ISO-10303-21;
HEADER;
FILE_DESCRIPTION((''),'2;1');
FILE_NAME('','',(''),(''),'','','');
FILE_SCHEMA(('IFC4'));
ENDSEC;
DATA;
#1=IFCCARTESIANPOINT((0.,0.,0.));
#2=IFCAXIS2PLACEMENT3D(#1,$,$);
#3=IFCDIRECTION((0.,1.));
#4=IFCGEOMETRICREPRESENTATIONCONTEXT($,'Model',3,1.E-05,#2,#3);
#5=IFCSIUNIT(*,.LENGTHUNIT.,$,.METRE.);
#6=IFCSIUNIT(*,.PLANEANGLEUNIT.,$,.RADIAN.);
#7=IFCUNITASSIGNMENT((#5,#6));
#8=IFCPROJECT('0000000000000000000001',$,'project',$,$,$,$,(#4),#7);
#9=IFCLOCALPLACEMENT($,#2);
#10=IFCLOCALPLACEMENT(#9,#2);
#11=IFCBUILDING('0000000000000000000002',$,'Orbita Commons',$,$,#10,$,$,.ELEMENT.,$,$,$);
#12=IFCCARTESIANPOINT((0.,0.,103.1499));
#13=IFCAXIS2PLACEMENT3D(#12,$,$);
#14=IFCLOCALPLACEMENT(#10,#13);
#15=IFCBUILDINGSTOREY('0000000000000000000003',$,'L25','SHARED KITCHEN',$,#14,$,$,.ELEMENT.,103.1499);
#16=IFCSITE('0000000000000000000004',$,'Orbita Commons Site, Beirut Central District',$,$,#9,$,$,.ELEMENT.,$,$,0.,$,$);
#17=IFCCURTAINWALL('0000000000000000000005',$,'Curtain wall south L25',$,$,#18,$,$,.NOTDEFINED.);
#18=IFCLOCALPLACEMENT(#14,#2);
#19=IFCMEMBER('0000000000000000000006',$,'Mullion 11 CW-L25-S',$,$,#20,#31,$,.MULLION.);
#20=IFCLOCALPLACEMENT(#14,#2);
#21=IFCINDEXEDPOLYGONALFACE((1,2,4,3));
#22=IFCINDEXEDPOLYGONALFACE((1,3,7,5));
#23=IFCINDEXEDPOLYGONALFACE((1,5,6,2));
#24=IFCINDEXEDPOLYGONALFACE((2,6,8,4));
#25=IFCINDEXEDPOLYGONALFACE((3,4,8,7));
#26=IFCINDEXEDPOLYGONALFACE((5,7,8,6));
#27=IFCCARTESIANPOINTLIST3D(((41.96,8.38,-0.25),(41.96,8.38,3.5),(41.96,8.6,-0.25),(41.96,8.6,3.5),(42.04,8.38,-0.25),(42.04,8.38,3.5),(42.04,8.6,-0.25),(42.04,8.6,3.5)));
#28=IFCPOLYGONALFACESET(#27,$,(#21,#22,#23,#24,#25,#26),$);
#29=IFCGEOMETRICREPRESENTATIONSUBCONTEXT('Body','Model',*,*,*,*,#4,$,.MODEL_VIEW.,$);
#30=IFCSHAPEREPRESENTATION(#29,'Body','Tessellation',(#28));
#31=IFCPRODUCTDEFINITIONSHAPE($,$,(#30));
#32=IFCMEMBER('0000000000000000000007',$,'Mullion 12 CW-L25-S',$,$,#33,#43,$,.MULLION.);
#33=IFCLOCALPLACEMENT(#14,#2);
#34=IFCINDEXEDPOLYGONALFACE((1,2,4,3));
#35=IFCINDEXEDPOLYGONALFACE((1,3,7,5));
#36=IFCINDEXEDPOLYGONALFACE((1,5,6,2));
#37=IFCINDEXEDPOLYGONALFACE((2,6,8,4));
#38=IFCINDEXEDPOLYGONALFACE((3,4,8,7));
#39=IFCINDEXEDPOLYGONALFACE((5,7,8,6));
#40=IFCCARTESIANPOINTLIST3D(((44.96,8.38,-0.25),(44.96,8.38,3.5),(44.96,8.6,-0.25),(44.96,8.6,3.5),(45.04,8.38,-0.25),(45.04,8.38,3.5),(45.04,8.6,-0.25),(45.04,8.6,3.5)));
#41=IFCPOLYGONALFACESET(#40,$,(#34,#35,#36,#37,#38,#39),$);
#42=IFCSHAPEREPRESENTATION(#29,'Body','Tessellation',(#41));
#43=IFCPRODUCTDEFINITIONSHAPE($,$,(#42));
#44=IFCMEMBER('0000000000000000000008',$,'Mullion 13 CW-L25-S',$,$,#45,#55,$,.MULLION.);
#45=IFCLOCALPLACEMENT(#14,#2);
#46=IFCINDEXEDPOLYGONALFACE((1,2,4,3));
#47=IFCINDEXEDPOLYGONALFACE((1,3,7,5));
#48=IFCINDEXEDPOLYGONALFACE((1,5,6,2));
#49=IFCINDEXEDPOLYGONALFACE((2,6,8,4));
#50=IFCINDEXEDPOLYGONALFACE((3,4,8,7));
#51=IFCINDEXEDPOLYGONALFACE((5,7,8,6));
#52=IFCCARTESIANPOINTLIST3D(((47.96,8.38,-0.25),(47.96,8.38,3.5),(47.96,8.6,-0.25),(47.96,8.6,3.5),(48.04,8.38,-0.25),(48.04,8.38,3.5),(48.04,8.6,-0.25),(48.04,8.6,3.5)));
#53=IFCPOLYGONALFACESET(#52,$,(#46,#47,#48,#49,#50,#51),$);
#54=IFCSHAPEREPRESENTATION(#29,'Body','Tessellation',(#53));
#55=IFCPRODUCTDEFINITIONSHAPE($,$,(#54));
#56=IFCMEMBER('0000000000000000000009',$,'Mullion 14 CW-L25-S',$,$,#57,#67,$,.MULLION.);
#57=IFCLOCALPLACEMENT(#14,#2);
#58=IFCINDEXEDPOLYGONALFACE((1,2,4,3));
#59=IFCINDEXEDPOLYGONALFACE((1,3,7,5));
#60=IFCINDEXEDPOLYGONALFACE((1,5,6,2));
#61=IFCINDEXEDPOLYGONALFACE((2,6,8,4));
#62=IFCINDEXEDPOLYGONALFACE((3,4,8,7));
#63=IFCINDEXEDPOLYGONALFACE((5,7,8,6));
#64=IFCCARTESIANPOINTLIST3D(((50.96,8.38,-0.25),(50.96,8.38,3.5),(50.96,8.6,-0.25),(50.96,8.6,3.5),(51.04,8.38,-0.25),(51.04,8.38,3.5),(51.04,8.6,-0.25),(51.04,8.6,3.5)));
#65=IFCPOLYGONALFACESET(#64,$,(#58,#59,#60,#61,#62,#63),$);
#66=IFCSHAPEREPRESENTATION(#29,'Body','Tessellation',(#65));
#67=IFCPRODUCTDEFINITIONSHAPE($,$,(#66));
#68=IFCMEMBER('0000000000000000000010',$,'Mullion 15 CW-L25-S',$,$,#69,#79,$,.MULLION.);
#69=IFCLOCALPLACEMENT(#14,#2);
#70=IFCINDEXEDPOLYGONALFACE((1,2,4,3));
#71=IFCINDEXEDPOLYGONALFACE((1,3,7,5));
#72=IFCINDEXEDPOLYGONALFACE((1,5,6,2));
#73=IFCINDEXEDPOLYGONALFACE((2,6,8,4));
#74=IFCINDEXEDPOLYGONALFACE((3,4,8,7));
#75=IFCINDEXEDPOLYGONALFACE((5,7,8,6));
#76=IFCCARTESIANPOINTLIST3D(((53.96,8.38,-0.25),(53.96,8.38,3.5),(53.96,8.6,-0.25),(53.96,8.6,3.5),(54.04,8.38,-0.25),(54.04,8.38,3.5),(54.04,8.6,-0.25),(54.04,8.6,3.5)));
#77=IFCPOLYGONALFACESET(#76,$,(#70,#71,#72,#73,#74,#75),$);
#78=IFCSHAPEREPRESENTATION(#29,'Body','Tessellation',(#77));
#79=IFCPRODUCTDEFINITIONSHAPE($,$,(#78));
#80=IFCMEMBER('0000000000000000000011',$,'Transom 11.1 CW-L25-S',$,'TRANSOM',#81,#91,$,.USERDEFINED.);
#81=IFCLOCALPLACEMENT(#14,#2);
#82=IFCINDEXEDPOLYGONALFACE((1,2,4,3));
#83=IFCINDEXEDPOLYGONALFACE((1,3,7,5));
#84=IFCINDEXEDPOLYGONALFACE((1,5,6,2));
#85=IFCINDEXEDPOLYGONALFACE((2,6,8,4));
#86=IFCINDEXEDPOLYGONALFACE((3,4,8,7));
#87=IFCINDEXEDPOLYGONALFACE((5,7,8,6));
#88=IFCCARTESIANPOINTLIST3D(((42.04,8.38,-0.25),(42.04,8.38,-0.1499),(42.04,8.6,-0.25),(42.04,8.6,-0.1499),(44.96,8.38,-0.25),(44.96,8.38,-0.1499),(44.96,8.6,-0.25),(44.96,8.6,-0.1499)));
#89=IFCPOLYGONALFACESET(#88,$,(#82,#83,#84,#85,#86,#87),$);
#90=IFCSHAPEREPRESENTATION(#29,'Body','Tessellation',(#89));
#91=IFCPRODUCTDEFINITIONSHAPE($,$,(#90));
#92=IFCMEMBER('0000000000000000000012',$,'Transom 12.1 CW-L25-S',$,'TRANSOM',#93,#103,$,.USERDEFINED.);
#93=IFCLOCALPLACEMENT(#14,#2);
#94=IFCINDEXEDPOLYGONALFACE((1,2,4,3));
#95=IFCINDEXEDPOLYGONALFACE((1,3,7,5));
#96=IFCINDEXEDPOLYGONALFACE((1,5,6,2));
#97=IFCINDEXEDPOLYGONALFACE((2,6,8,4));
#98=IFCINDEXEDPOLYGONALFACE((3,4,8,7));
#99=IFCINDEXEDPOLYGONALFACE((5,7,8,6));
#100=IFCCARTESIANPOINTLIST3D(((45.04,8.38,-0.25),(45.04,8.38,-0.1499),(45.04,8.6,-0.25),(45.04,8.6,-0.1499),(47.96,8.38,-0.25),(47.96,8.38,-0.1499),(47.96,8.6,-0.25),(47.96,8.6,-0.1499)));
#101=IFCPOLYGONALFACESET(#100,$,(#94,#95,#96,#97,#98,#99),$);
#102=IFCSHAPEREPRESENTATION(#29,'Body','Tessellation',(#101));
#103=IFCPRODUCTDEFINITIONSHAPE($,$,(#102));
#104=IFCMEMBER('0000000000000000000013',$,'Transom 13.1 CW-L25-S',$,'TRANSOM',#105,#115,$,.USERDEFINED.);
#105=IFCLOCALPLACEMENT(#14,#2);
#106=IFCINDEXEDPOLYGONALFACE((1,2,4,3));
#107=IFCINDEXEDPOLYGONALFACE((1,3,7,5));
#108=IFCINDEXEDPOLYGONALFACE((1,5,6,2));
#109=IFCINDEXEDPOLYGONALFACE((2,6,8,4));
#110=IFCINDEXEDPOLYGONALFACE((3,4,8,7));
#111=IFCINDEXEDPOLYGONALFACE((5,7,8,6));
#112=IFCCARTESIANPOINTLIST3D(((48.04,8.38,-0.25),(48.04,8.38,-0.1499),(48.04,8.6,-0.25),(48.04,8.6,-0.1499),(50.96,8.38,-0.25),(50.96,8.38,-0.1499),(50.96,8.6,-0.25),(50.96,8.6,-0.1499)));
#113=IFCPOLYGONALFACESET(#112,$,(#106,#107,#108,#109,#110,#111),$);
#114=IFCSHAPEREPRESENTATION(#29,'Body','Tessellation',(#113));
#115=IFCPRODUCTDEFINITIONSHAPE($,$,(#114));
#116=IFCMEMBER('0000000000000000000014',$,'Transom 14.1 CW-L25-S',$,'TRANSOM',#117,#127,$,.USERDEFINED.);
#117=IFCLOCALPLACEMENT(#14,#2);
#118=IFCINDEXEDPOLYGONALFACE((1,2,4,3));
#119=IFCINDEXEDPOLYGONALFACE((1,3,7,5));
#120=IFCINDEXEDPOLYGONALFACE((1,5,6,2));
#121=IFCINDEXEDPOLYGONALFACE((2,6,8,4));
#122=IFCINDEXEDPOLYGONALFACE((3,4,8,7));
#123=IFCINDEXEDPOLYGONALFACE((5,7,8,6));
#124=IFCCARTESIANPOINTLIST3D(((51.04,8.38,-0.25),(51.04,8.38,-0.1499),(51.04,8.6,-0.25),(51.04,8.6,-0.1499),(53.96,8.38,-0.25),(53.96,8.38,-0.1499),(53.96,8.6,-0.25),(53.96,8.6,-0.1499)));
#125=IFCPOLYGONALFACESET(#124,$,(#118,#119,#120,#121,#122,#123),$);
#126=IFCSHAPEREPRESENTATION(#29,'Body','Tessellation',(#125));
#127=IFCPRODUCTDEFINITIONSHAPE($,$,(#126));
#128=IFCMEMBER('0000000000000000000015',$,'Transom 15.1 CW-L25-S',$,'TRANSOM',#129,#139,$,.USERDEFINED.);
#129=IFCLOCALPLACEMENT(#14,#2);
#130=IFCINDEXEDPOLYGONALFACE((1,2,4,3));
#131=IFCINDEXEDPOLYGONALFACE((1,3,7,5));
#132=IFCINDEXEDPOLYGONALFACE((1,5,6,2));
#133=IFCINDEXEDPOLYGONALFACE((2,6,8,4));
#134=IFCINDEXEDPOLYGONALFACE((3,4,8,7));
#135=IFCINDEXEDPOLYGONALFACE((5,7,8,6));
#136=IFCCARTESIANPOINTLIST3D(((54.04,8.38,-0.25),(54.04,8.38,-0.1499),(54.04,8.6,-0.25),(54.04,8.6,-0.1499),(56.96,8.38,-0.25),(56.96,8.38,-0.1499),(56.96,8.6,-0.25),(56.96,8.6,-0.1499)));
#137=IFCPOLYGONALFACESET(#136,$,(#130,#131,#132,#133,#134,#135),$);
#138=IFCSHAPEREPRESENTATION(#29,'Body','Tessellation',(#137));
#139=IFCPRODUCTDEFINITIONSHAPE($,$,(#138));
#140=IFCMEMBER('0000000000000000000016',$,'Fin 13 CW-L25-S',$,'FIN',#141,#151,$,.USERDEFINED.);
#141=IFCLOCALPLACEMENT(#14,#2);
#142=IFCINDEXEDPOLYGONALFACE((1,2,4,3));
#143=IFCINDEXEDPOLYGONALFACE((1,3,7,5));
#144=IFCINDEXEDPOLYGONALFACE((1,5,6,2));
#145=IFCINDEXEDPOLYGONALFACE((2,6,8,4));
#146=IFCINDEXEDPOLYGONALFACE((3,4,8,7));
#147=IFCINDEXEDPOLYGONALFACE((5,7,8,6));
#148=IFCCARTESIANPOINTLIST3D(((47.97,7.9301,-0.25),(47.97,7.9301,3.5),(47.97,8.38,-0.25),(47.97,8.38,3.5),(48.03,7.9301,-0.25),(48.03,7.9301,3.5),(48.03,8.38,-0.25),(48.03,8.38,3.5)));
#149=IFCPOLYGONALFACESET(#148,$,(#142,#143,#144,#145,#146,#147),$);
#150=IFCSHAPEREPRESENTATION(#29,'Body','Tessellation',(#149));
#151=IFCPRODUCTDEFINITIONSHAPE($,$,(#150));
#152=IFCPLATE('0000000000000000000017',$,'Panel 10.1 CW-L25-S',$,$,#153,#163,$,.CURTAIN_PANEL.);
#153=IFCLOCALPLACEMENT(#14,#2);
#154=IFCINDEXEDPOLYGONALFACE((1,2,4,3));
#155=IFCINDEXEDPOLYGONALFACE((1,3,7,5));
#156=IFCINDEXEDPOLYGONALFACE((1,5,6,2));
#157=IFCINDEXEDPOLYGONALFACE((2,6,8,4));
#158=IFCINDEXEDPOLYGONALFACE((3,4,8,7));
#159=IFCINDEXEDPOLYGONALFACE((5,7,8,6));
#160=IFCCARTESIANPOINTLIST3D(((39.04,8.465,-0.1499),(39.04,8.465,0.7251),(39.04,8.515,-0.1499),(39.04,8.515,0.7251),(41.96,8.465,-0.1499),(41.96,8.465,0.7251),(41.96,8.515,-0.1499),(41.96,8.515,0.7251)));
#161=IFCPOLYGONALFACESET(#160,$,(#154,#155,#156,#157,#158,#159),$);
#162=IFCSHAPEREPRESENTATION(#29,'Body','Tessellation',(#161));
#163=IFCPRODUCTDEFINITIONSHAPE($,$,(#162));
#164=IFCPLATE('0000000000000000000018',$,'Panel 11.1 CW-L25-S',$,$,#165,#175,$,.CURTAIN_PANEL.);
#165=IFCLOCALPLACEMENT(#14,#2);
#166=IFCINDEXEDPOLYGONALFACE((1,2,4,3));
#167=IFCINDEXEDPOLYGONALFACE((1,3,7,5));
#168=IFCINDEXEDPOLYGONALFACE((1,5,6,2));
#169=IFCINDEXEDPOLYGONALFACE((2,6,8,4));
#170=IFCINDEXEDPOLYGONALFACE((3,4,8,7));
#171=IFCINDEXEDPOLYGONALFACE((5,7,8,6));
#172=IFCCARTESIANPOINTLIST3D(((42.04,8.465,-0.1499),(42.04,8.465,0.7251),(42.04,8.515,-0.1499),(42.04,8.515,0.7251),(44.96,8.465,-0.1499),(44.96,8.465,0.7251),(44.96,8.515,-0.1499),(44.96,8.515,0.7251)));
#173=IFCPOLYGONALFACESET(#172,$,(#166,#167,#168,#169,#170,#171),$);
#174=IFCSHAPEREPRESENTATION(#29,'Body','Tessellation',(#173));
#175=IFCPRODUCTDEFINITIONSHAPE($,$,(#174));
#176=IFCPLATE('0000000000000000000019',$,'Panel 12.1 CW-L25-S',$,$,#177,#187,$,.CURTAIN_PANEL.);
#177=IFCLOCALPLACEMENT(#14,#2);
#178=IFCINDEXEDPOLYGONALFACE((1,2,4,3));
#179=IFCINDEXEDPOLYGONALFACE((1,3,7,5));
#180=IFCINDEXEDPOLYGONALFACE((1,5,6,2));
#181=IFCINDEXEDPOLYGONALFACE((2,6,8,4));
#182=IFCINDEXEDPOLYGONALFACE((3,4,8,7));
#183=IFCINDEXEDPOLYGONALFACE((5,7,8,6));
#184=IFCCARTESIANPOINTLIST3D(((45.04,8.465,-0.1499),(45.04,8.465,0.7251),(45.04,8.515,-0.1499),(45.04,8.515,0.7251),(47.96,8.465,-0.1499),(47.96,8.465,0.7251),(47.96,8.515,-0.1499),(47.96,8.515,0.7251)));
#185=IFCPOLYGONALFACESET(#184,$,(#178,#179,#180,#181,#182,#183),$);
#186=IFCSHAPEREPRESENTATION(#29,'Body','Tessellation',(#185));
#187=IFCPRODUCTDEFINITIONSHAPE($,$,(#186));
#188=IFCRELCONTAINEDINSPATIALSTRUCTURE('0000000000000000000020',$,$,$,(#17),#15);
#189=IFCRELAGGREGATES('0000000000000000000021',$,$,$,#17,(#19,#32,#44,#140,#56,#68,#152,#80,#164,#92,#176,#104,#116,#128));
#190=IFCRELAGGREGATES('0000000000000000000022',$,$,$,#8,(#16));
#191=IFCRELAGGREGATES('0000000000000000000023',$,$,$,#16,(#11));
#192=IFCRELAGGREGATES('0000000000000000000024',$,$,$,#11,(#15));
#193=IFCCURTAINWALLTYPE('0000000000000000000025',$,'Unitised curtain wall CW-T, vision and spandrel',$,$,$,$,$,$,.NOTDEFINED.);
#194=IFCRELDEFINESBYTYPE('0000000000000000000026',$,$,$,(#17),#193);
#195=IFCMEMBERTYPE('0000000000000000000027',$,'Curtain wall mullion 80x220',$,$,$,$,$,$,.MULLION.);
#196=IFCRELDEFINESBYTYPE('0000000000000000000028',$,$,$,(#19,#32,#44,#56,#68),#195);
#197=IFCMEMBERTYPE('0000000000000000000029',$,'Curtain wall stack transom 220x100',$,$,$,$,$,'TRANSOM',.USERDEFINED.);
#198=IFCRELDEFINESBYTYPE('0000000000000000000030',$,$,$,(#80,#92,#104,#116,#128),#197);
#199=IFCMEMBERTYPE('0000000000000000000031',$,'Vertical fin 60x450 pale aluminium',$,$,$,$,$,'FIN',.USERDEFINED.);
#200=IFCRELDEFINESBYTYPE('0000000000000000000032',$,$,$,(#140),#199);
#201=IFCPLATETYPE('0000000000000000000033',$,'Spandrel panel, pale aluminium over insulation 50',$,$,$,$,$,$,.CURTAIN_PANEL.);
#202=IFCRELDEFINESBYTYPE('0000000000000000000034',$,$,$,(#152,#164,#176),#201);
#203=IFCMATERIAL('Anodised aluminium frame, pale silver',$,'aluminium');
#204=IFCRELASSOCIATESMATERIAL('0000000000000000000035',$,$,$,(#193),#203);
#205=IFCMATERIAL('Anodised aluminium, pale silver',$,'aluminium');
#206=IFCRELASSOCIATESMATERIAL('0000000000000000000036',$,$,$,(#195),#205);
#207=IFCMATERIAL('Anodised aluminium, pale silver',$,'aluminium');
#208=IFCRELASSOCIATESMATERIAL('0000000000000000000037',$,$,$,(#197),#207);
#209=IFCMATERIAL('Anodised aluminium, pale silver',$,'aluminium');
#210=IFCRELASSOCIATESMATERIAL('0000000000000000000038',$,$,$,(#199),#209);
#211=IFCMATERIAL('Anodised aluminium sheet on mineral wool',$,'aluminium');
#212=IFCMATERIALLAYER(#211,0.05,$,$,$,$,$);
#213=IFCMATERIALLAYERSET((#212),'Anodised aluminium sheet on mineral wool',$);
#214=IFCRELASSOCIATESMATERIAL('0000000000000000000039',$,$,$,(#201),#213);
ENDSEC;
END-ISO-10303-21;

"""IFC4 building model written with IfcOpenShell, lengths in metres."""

from ifc_helpers import new_model, si_unit, direction, frame, origin, origin_2d, place, context, subcontext, project, spatial, rectangle, extrude, material, layer, layer_set, material_profile, profile_set, type_object, element, aggregate, save


model = new_model("IFC4")

# Units and contexts
model_context = context("Model", 3, precision=1e-05, world=origin(), true_north=direction((0.0, 1.0)))
body_context = subcontext(model_context, "Body", "Model", "MODEL_VIEW")
ifc_project = project(units=[si_unit("LENGTHUNIT", "METRE"), si_unit("PLANEANGLEUNIT", "RADIAN")], contexts=[model_context])

# Site, building, storey
site_placement = place(None, origin())
site = spatial("IfcSite", under=ifc_project, at=site_placement, Name="Orbita Commons Site, Beirut Central District", CompositionType="ELEMENT", RefElevation=0.0)
building_placement = place(site_placement, origin())
building = spatial("IfcBuilding", under=site, at=building_placement, Name="Orbita Commons", CompositionType="ELEMENT")
storey_placement = place(building_placement, frame((0.0, 0.0, 103.1499)))
storey = spatial("IfcBuildingStorey", under=building, at=storey_placement, Name="L25", Description="SHARED KITCHEN", CompositionType="ELEMENT", Elevation=103.1499)

# Curtain wall, members, plates
ifc_material_1 = material(Name="Anodised aluminium frame, pale silver", Category="aluminium")
curtain_wall_type = type_object("IfcCurtainWallType", Name="Unitised curtain wall CW-T, vision and spandrel", PredefinedType="NOTDEFINED", material=ifc_material_1)
curtain_wall_placement = place(storey_placement, origin())
curtain_wall = element("IfcCurtainWall", 1, at=curtain_wall_placement, inside=storey, type_object=curtain_wall_type, Name="Curtain wall south L25", PredefinedType="NOTDEFINED")
ifc_material_2 = material(Name="Anodised aluminium, pale silver", Category="aluminium")
ifc_material_profile_1 = material_profile(ifc_material_2, rectangle(XDim=0.0801, YDim=0.22, at=origin_2d()), Name="AL 80x220")
ifc_profile_set_1 = profile_set([ifc_material_profile_1], Name="Anodised aluminium, pale silver")
member_type_1 = type_object("IfcMemberType", Name="Curtain wall mullion 80x220", PredefinedType="MULLION", material=ifc_profile_set_1)
member_1_placement = place(storey_placement, frame((42.0, 8.49, -0.25), z_axis=(0.0, 0.0, 1.0), x_axis=(1.0, 0.0, 0.0)))
member_1 = element("IfcMember", 2, at=member_1_placement, type_object=member_type_1, Name="Mullion 11 CW-L25-S", PredefinedType="MULLION", context=body_context, shape_type="SweptSolid", body=[
    extrude(rectangle(XDim=0.0801, YDim=0.22, at=origin_2d()), origin(), (0.0, 0.0, 1.0), 3.75),
])
member_2_placement = place(storey_placement, frame((45.0, 8.49, -0.25), z_axis=(0.0, 0.0, 1.0), x_axis=(1.0, 0.0, 0.0)))
member_2 = element("IfcMember", 3, at=member_2_placement, type_object=member_type_1, Name="Mullion 12 CW-L25-S", PredefinedType="MULLION", context=body_context, shape_type="SweptSolid", body=[
    extrude(rectangle(XDim=0.0801, YDim=0.22, at=origin_2d()), origin(), (0.0, 0.0, 1.0), 3.75),
])
member_3_placement = place(storey_placement, frame((48.0, 8.49, -0.25), z_axis=(0.0, 0.0, 1.0), x_axis=(1.0, 0.0, 0.0)))
member_3 = element("IfcMember", 4, at=member_3_placement, type_object=member_type_1, Name="Mullion 13 CW-L25-S", PredefinedType="MULLION", context=body_context, shape_type="SweptSolid", body=[
    extrude(rectangle(XDim=0.0801, YDim=0.22, at=origin_2d()), origin(), (0.0, 0.0, 1.0), 3.75),
])
member_4_placement = place(storey_placement, frame((51.0, 8.49, -0.25), z_axis=(0.0, 0.0, 1.0), x_axis=(1.0, 0.0, 0.0)))
member_4 = element("IfcMember", 5, at=member_4_placement, type_object=member_type_1, Name="Mullion 14 CW-L25-S", PredefinedType="MULLION", context=body_context, shape_type="SweptSolid", body=[
    extrude(rectangle(XDim=0.0801, YDim=0.22, at=origin_2d()), origin(), (0.0, 0.0, 1.0), 3.75),
])
member_5_placement = place(storey_placement, frame((54.0, 8.49, -0.25), z_axis=(0.0, 0.0, 1.0), x_axis=(1.0, 0.0, 0.0)))
member_5 = element("IfcMember", 6, at=member_5_placement, type_object=member_type_1, Name="Mullion 15 CW-L25-S", PredefinedType="MULLION", context=body_context, shape_type="SweptSolid", body=[
    extrude(rectangle(XDim=0.0801, YDim=0.22, at=origin_2d()), origin(), (0.0, 0.0, 1.0), 3.75),
])
ifc_material_3 = material(Name="Anodised aluminium, pale silver", Category="aluminium")
ifc_material_profile_2 = material_profile(ifc_material_3, rectangle(XDim=0.22, YDim=0.1001, at=origin_2d()), Name="AL 220x100")
ifc_profile_set_2 = profile_set([ifc_material_profile_2], Name="Anodised aluminium, pale silver")
member_type_2 = type_object("IfcMemberType", Name="Curtain wall stack transom 220x100", ElementType="TRANSOM", PredefinedType="USERDEFINED", material=ifc_profile_set_2)
member_6_placement = place(storey_placement, frame((42.04, 8.49, -0.2), z_axis=(1.0, 0.0, 0.0), x_axis=(0.0, 1.0, 0.0)))
member_6 = element("IfcMember", 7, at=member_6_placement, type_object=member_type_2, Name="Transom 11.1 CW-L25-S", ObjectType="TRANSOM", PredefinedType="USERDEFINED", context=body_context, shape_type="SweptSolid", body=[
    extrude(rectangle(XDim=0.22, YDim=0.1001, at=origin_2d()), origin(), (0.0, 0.0, 1.0), 2.9199),
])
member_7_placement = place(storey_placement, frame((45.04, 8.49, -0.2), z_axis=(1.0, 0.0, 0.0), x_axis=(0.0, 1.0, 0.0)))
member_7 = element("IfcMember", 8, at=member_7_placement, type_object=member_type_2, Name="Transom 12.1 CW-L25-S", ObjectType="TRANSOM", PredefinedType="USERDEFINED", context=body_context, shape_type="SweptSolid", body=[
    extrude(rectangle(XDim=0.22, YDim=0.1001, at=origin_2d()), origin(), (0.0, 0.0, 1.0), 2.9199),
])
member_8_placement = place(storey_placement, frame((48.04, 8.49, -0.2), z_axis=(1.0, 0.0, 0.0), x_axis=(0.0, 1.0, 0.0)))
member_8 = element("IfcMember", 9, at=member_8_placement, type_object=member_type_2, Name="Transom 13.1 CW-L25-S", ObjectType="TRANSOM", PredefinedType="USERDEFINED", context=body_context, shape_type="SweptSolid", body=[
    extrude(rectangle(XDim=0.22, YDim=0.1001, at=origin_2d()), origin(), (0.0, 0.0, 1.0), 2.9199),
])
member_9_placement = place(storey_placement, frame((51.04, 8.49, -0.2), z_axis=(1.0, 0.0, 0.0), x_axis=(0.0, 1.0, 0.0)))
member_9 = element("IfcMember", 10, at=member_9_placement, type_object=member_type_2, Name="Transom 14.1 CW-L25-S", ObjectType="TRANSOM", PredefinedType="USERDEFINED", context=body_context, shape_type="SweptSolid", body=[
    extrude(rectangle(XDim=0.22, YDim=0.1001, at=origin_2d()), origin(), (0.0, 0.0, 1.0), 2.9199),
])
member_10_placement = place(storey_placement, frame((54.04, 8.49, -0.2), z_axis=(1.0, 0.0, 0.0), x_axis=(0.0, 1.0, 0.0)))
member_10 = element("IfcMember", 11, at=member_10_placement, type_object=member_type_2, Name="Transom 15.1 CW-L25-S", ObjectType="TRANSOM", PredefinedType="USERDEFINED", context=body_context, shape_type="SweptSolid", body=[
    extrude(rectangle(XDim=0.22, YDim=0.1001, at=origin_2d()), origin(), (0.0, 0.0, 1.0), 2.9199),
])
ifc_material_4 = material(Name="Anodised aluminium, pale silver", Category="aluminium")
ifc_material_profile_3 = material_profile(ifc_material_4, rectangle(XDim=0.0601, YDim=0.45, at=origin_2d()), Name="FIN 60x450")
ifc_profile_set_3 = profile_set([ifc_material_profile_3], Name="Anodised aluminium, pale silver")
member_type_3 = type_object("IfcMemberType", Name="Vertical fin 60x450 pale aluminium", ElementType="FIN", PredefinedType="USERDEFINED", material=ifc_profile_set_3)
member_11_placement = place(storey_placement, frame((48.0, 8.155, -0.25), z_axis=(0.0, 0.0, 1.0), x_axis=(1.0, 0.0, 0.0)))
member_11 = element("IfcMember", 12, at=member_11_placement, type_object=member_type_3, Name="Fin 13 CW-L25-S", ObjectType="FIN", PredefinedType="USERDEFINED", context=body_context, shape_type="SweptSolid", body=[
    extrude(rectangle(XDim=0.0601, YDim=0.45, at=origin_2d()), origin(), (0.0, 0.0, 1.0), 3.75),
])
ifc_material_5 = material(Name="Anodised aluminium sheet on mineral wool", Category="aluminium")
ifc_layer_1 = layer(ifc_material_5, 0.05)
ifc_layer_set_1 = layer_set([ifc_layer_1], Name="Anodised aluminium sheet on mineral wool")
plate_type_1 = type_object("IfcPlateType", Name="Spandrel panel, pale aluminium over insulation 50", PredefinedType="CURTAIN_PANEL", material=ifc_layer_set_1)
plate_1_placement = place(storey_placement, frame((40.5, 8.49, -0.1499), z_axis=(0.0, 0.0, 1.0), x_axis=(1.0, 0.0, 0.0)))
plate_1 = element("IfcPlate", 13, at=plate_1_placement, type_object=plate_type_1, Name="Panel 10.1 CW-L25-S", PredefinedType="CURTAIN_PANEL", context=body_context, shape_type="SweptSolid", body=[
    extrude(rectangle(XDim=2.9199, YDim=0.05, at=origin_2d()), origin(), (0.0, 0.0, 1.0), 0.875),
])
plate_2_placement = place(storey_placement, frame((43.5, 8.49, -0.1499), z_axis=(0.0, 0.0, 1.0), x_axis=(1.0, 0.0, 0.0)))
plate_2 = element("IfcPlate", 14, at=plate_2_placement, type_object=plate_type_1, Name="Panel 11.1 CW-L25-S", PredefinedType="CURTAIN_PANEL", context=body_context, shape_type="SweptSolid", body=[
    extrude(rectangle(XDim=2.9199, YDim=0.05, at=origin_2d()), origin(), (0.0, 0.0, 1.0), 0.875),
])
plate_3_placement = place(storey_placement, frame((46.5, 8.49, -0.1499), z_axis=(0.0, 0.0, 1.0), x_axis=(1.0, 0.0, 0.0)))
plate_3 = element("IfcPlate", 15, at=plate_3_placement, type_object=plate_type_1, Name="Panel 12.1 CW-L25-S", PredefinedType="CURTAIN_PANEL", context=body_context, shape_type="SweptSolid", body=[
    extrude(rectangle(XDim=2.9199, YDim=0.05, at=origin_2d()), origin(), (0.0, 0.0, 1.0), 0.875),
])
aggregate(curtain_wall, [member_1, member_2, member_3, member_11, member_4, member_5, plate_1, member_6, plate_2, member_7, plate_3, member_8, member_9, member_10])

save(model, "model.ifc")
